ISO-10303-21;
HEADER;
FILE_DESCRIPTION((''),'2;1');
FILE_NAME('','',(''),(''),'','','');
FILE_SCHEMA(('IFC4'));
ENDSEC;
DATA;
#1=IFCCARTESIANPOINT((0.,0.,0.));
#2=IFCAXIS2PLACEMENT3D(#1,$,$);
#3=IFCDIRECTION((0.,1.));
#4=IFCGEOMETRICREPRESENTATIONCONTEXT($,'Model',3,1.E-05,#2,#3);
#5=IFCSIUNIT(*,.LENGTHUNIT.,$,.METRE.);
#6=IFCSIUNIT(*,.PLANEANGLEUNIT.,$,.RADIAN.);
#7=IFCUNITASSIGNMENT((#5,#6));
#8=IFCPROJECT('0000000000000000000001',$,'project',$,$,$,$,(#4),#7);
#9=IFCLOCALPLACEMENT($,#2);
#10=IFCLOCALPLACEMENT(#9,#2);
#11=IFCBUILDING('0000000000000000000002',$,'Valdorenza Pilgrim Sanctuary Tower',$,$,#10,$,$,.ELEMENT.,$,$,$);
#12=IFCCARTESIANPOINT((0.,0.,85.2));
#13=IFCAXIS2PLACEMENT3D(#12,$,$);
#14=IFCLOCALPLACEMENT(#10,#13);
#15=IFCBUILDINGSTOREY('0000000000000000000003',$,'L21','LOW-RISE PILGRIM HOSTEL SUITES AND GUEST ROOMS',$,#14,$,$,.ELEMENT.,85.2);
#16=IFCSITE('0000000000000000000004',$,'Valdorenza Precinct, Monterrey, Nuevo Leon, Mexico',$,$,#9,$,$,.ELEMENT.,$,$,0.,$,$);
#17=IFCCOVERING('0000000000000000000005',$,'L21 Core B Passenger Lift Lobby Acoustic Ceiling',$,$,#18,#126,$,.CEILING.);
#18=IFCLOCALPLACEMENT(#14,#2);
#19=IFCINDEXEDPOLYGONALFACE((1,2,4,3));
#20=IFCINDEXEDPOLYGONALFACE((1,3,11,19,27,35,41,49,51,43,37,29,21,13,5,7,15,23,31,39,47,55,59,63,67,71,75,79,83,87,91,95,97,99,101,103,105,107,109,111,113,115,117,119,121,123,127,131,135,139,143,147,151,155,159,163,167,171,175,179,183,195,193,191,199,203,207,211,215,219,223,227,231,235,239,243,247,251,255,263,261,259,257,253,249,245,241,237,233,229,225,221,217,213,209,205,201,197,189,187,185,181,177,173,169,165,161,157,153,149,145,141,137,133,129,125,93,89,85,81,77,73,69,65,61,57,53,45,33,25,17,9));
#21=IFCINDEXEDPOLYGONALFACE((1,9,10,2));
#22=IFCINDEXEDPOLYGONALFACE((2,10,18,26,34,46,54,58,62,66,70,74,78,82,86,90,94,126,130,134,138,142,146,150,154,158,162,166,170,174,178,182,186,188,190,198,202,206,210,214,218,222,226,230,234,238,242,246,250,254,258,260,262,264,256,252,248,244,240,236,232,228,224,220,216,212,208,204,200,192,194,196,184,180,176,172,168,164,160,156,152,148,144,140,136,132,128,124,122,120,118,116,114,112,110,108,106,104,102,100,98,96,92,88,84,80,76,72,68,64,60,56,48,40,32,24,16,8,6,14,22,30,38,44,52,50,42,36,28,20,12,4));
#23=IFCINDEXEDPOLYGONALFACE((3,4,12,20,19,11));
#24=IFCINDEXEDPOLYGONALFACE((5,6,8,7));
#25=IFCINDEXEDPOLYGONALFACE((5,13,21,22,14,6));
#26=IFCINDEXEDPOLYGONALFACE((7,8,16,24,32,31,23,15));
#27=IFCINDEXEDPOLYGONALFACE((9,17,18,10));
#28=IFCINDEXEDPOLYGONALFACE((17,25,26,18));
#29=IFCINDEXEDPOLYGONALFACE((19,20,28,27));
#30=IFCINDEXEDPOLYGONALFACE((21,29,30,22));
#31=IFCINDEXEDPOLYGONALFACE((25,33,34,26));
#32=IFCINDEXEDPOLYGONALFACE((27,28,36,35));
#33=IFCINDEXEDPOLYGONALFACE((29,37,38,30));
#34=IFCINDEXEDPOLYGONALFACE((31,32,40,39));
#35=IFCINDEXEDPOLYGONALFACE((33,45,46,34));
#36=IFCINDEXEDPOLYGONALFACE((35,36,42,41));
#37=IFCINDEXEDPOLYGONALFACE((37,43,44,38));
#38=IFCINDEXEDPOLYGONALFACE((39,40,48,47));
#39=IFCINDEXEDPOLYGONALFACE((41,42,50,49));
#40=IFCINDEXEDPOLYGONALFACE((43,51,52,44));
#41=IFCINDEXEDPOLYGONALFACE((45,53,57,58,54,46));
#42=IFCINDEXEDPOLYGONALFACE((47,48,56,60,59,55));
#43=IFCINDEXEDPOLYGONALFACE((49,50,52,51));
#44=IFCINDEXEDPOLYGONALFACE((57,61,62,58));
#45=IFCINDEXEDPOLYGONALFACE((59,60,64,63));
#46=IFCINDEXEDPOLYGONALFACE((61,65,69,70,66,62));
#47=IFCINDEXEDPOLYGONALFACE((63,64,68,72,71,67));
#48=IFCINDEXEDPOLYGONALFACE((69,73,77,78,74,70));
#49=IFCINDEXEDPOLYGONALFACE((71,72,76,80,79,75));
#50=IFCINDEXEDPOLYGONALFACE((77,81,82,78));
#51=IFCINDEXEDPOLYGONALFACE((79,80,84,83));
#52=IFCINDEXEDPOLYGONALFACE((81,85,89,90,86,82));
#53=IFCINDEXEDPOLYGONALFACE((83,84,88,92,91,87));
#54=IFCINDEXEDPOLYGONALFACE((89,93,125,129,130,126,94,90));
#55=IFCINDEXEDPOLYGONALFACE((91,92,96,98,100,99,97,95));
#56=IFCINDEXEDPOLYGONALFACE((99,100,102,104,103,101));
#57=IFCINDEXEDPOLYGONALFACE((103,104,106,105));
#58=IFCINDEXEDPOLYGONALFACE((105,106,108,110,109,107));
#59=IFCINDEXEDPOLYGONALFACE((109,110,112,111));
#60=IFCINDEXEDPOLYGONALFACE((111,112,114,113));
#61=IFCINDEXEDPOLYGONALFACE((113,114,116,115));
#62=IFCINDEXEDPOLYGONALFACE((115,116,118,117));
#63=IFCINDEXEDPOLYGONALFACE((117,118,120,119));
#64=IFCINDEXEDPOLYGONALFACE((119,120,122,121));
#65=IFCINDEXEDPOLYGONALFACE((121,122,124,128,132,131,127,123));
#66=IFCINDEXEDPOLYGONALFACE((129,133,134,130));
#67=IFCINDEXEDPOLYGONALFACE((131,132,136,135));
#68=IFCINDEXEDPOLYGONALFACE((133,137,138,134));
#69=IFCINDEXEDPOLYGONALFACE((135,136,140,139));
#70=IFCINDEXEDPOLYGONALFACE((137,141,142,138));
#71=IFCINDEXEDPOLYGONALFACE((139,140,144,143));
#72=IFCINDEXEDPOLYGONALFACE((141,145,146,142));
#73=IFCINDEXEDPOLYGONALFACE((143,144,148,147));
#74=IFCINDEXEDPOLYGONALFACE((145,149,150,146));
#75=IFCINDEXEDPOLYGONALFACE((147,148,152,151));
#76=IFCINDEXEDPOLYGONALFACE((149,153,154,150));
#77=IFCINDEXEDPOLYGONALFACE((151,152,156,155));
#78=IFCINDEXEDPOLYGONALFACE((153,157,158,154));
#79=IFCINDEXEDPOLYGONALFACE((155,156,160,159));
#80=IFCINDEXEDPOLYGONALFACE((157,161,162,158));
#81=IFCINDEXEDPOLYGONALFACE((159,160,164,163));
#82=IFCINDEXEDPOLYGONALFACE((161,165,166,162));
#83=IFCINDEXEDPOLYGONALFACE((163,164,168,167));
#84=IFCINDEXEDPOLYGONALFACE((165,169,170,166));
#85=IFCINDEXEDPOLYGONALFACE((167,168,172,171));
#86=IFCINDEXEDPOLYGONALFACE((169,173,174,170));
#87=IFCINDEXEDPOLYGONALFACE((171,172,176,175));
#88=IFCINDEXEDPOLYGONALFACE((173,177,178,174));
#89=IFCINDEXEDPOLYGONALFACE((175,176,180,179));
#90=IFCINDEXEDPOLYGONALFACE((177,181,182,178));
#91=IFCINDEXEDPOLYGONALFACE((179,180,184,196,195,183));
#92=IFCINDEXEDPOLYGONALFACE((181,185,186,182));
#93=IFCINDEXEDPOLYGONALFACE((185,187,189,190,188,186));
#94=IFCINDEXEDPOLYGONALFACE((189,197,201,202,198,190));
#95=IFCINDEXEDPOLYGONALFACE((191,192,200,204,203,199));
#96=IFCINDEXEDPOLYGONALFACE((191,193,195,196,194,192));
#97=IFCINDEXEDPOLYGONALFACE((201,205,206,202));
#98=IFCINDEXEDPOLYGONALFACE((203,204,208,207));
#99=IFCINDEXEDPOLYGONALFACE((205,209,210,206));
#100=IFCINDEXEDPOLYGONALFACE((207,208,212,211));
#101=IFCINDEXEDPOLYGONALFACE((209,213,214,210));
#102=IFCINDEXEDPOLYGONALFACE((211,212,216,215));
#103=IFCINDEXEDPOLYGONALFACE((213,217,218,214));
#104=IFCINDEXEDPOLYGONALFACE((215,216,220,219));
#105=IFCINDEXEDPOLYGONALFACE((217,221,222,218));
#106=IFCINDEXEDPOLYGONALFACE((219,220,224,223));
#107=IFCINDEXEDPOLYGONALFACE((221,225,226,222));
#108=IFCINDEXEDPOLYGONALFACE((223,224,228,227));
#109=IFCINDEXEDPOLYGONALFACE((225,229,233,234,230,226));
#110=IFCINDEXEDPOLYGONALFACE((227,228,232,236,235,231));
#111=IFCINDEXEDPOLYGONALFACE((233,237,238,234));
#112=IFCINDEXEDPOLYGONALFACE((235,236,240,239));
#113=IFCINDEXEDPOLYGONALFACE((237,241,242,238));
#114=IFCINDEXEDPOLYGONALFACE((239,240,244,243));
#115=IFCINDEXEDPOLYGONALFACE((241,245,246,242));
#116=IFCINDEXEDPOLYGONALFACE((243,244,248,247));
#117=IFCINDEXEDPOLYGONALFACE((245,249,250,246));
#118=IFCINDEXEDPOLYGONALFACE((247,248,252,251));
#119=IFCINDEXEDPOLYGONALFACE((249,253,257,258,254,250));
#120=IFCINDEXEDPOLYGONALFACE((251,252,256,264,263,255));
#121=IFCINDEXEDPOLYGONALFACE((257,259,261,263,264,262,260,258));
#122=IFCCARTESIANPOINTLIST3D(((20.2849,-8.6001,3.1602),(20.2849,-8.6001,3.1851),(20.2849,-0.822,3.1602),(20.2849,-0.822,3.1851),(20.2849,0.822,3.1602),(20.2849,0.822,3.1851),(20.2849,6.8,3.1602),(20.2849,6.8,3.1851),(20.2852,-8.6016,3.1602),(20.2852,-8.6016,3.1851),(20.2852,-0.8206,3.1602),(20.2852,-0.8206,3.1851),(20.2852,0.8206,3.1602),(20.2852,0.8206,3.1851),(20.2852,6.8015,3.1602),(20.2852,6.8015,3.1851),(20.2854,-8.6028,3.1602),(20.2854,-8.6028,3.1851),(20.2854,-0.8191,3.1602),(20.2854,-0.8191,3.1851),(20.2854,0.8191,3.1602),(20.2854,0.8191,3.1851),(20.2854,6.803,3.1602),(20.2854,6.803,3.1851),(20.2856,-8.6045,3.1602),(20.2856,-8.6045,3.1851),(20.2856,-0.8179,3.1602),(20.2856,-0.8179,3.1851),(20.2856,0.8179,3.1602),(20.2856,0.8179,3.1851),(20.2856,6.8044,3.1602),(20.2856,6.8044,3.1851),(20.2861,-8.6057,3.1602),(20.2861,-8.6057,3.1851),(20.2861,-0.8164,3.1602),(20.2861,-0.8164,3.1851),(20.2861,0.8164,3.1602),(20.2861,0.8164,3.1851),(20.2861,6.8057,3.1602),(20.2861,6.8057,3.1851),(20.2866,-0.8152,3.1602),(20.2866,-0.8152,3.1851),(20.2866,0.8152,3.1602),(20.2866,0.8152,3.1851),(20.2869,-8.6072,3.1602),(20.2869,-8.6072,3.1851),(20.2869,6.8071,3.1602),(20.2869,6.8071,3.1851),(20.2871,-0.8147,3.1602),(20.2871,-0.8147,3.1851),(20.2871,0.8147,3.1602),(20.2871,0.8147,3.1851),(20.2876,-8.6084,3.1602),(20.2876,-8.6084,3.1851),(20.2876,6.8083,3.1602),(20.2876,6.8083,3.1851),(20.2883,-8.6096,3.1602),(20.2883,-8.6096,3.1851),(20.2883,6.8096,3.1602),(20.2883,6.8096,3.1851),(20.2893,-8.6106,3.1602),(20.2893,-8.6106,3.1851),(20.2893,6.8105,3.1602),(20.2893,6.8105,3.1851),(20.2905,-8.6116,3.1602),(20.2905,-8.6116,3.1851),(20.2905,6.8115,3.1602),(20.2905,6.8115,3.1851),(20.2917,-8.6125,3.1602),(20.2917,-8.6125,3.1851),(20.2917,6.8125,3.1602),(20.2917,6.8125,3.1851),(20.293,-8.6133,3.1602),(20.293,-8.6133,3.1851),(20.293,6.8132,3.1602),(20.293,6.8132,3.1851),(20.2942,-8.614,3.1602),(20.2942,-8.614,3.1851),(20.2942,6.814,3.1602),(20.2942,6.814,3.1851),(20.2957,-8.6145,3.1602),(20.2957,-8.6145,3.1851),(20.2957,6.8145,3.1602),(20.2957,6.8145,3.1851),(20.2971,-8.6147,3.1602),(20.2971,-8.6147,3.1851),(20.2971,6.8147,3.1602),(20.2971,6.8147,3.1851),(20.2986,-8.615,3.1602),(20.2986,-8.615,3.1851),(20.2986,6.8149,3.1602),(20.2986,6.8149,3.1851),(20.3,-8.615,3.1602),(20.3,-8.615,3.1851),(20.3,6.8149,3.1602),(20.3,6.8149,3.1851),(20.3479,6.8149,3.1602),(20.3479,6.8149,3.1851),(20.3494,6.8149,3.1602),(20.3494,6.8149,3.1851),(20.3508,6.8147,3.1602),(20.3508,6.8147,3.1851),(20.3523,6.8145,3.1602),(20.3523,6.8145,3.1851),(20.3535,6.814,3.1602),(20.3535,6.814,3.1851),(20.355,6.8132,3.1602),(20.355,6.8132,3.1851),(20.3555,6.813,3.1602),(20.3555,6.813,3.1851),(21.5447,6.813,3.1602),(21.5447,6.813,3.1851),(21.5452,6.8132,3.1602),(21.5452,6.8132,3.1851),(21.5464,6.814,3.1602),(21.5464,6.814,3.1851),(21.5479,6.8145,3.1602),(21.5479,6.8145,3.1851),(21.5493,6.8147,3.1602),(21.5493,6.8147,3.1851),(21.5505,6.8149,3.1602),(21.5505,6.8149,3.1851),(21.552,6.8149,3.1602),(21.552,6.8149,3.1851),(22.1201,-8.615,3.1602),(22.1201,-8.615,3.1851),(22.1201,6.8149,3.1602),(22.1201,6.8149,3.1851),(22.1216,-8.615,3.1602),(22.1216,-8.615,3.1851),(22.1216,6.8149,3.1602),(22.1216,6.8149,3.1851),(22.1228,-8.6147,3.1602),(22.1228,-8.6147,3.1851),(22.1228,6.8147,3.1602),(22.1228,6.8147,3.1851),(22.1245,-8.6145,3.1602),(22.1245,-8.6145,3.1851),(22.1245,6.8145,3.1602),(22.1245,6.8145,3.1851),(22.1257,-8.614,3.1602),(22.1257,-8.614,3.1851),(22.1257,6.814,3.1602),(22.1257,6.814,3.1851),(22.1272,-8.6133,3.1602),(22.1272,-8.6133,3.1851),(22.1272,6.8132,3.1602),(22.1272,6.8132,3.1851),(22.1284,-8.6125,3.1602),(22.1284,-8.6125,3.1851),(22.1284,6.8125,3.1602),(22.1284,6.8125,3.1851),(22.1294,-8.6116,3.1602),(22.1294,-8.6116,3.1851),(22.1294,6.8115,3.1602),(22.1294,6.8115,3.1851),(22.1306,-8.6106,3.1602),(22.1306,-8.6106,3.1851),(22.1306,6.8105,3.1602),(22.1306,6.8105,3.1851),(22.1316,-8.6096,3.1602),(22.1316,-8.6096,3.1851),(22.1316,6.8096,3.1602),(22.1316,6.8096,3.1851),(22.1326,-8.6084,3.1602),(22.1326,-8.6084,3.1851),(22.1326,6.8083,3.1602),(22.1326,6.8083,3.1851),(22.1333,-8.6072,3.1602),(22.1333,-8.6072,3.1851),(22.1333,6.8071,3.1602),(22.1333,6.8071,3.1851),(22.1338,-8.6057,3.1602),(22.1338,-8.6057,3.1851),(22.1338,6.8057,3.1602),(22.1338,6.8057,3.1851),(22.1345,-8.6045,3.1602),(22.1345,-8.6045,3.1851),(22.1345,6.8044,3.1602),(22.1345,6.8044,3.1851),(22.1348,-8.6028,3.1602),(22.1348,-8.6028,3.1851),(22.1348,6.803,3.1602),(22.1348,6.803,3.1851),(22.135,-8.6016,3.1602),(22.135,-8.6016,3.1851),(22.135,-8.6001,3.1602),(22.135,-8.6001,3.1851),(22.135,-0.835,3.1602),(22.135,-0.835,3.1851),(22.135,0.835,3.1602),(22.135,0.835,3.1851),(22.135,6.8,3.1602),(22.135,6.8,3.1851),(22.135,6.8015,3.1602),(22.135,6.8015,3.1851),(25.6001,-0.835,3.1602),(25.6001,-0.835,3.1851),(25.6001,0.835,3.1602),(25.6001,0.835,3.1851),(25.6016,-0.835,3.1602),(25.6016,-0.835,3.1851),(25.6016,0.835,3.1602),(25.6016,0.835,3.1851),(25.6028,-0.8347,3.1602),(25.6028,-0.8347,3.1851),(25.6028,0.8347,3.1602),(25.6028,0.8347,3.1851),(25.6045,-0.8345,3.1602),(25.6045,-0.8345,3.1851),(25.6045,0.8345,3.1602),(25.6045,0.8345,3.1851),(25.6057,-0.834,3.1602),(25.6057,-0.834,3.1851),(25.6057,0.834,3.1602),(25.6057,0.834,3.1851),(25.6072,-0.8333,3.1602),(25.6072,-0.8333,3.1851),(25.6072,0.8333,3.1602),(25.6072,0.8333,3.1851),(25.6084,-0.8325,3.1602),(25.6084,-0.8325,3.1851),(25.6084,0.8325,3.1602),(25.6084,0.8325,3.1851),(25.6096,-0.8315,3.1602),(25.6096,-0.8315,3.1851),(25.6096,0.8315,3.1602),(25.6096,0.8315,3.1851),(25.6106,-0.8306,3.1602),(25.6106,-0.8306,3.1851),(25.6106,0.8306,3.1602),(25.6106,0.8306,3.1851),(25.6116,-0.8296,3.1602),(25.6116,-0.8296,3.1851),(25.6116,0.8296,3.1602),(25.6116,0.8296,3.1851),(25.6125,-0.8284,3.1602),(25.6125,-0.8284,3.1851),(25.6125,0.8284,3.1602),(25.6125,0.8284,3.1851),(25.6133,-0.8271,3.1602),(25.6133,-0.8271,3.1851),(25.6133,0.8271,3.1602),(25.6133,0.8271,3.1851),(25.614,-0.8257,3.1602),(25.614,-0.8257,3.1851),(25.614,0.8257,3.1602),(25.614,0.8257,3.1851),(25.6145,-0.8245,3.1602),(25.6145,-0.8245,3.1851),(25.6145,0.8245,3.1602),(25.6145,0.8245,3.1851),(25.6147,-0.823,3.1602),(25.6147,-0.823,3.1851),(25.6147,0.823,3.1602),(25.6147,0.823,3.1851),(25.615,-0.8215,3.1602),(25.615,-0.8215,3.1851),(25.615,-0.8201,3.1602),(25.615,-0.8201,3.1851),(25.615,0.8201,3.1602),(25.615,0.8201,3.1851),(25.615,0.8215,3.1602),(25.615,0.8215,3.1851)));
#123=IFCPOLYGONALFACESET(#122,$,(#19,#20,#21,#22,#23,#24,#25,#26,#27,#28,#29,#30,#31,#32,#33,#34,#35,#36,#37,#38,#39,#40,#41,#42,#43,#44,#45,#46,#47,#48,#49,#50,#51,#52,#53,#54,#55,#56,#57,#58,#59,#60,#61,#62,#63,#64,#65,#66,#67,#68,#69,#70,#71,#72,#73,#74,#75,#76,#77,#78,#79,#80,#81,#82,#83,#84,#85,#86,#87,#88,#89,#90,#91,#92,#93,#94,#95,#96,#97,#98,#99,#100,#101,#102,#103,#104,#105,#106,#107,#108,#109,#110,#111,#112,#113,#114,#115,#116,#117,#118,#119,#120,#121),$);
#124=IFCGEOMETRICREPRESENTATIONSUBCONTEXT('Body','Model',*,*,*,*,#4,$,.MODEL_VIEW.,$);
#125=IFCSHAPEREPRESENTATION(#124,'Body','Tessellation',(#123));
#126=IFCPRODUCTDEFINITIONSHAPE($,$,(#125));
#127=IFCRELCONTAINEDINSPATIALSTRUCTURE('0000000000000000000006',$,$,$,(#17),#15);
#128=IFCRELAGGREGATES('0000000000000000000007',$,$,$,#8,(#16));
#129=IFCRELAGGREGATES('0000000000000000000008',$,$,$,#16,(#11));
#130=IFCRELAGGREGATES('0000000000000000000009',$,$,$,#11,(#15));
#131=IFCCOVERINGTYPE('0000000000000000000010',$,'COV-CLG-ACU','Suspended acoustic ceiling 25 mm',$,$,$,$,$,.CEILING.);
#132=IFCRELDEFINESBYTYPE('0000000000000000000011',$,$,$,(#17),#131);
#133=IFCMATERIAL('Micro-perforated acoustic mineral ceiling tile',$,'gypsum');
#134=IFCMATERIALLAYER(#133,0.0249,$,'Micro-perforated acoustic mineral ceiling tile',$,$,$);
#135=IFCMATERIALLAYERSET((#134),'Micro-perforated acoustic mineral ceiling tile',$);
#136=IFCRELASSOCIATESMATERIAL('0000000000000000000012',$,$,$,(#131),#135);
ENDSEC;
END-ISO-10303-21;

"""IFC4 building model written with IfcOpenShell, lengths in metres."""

from ifc_helpers import new_model, si_unit, direction, frame, origin, place, context, subcontext, project, spatial, polyline, outline, extrude, material, layer, layer_set, type_object, element, save


model = new_model("IFC4")

# Units and contexts
model_context = context("Model", 3, precision=1e-05, world=origin(), true_north=direction((0.0, 1.0)))
body_context = subcontext(model_context, "Body", "Model", "MODEL_VIEW")
ifc_project = project(units=[si_unit("LENGTHUNIT", "METRE"), si_unit("PLANEANGLEUNIT", "RADIAN")], contexts=[model_context])

# Site, building, storey
site_placement = place(None, origin())
site = spatial("IfcSite", under=ifc_project, at=site_placement, Name="Valdorenza Precinct, Monterrey, Nuevo Leon, Mexico", CompositionType="ELEMENT", RefElevation=0.0)
building_placement = place(site_placement, origin())
building = spatial("IfcBuilding", under=site, at=building_placement, Name="Valdorenza Pilgrim Sanctuary Tower", CompositionType="ELEMENT")
storey_placement = place(building_placement, frame((0.0, 0.0, 85.2)))
storey = spatial("IfcBuildingStorey", under=building, at=storey_placement, Name="L21", Description="LOW-RISE PILGRIM HOSTEL SUITES AND GUEST ROOMS", CompositionType="ELEMENT", Elevation=85.2)

# Covering
ifc_material_1 = material(Name="Micro-perforated acoustic mineral ceiling tile", Category="gypsum")
ifc_layer_1 = layer(ifc_material_1, 0.0249, Name="Micro-perforated acoustic mineral ceiling tile")
ifc_layer_set_1 = layer_set([ifc_layer_1], Name="Micro-perforated acoustic mineral ceiling tile")
covering_type_1 = type_object("IfcCoveringType", Name="COV-CLG-ACU", Description="Suspended acoustic ceiling 25 mm", PredefinedType="CEILING", material=ifc_layer_set_1)
covering_1_placement = place(storey_placement, frame((0.0, 0.0, 3.1602)))
element("IfcCovering", 1, at=covering_1_placement, inside=storey, type_object=covering_type_1, Name="L21 Core B Passenger Lift Lobby Acoustic Ceiling", PredefinedType="CEILING", context=body_context, shape_type="SweptSolid", body=[
    extrude(outline(polyline([(20.2871, -0.8147), (20.2871, 0.8147), (20.2866, 0.8152), (20.2861, 0.8164), (20.2856, 0.8179), (20.2854, 0.8191), (20.2852, 0.8206), (20.2849, 0.822), (20.2849, 6.8), (20.2852, 6.8015), (20.2854, 6.803), (20.2856, 6.8044), (20.2861, 6.8057), (20.2869, 6.8071), (20.2876, 6.8083), (20.2883, 6.8096), (20.2893, 6.8105), (20.2905, 6.8115), (20.2917, 6.8125), (20.293, 6.8132), (20.2942, 6.814), (20.2957, 6.8145), (20.2971, 6.8147), (20.2986, 6.8149), (20.3, 6.8149), (20.3479, 6.8149), (20.3494, 6.8149), (20.3508, 6.8147), (20.3523, 6.8145), (20.3535, 6.814), (20.355, 6.8132), (20.3555, 6.813), (21.5447, 6.813), (21.5452, 6.8132), (21.5464, 6.814), (21.5479, 6.8145), (21.5493, 6.8147), (21.5505, 6.8149), (21.552, 6.8149), (22.1201, 6.8149), (22.1216, 6.8149), (22.1228, 6.8147), (22.1245, 6.8145), (22.1257, 6.814), (22.1272, 6.8132), (22.1284, 6.8125), (22.1294, 6.8115), (22.1306, 6.8105), (22.1316, 6.8096), (22.1326, 6.8083), (22.1333, 6.8071), (22.1338, 6.8057), (22.1345, 6.8044), (22.1348, 6.803), (22.135, 6.8015), (22.135, 6.8), (22.135, 0.835), (25.6001, 0.835), (25.6016, 0.835), (25.6028, 0.8347), (25.6045, 0.8345), (25.6057, 0.834), (25.6072, 0.8333), (25.6084, 0.8325), (25.6096, 0.8315), (25.6106, 0.8306), (25.6116, 0.8296), (25.6125, 0.8284), (25.6133, 0.8271), (25.614, 0.8257), (25.6145, 0.8245), (25.6147, 0.823), (25.615, 0.8215), (25.615, 0.8201), (25.615, -0.8201), (25.615, -0.8215), (25.6147, -0.823), (25.6145, -0.8245), (25.614, -0.8257), (25.6133, -0.8271), (25.6125, -0.8284), (25.6116, -0.8296), (25.6106, -0.8306), (25.6096, -0.8315), (25.6084, -0.8325), (25.6072, -0.8333), (25.6057, -0.834), (25.6045, -0.8345), (25.6028, -0.8347), (25.6016, -0.835), (25.6001, -0.835), (22.135, -0.835), (22.135, -8.6001), (22.135, -8.6016), (22.1348, -8.6028), (22.1345, -8.6045), (22.1338, -8.6057), (22.1333, -8.6072), (22.1326, -8.6084), (22.1316, -8.6096), (22.1306, -8.6106), (22.1294, -8.6116), (22.1284, -8.6125), (22.1272, -8.6133), (22.1257, -8.614), (22.1245, -8.6145), (22.1228, -8.6147), (22.1216, -8.615), (22.1201, -8.615), (20.3, -8.615), (20.2986, -8.615), (20.2971, -8.6147), (20.2957, -8.6145), (20.2942, -8.614), (20.293, -8.6133), (20.2917, -8.6125), (20.2905, -8.6116), (20.2893, -8.6106), (20.2883, -8.6096), (20.2876, -8.6084), (20.2869, -8.6072), (20.2861, -8.6057), (20.2856, -8.6045), (20.2854, -8.6028), (20.2852, -8.6016), (20.2849, -8.6001), (20.2849, -0.822), (20.2852, -0.8206), (20.2854, -0.8191), (20.2856, -0.8179), (20.2861, -0.8164), (20.2866, -0.8152), (20.2871, -0.8147)])), origin(), (0.0, 0.0, 1.0), 0.0249),
])

save(model, "model.ifc")
